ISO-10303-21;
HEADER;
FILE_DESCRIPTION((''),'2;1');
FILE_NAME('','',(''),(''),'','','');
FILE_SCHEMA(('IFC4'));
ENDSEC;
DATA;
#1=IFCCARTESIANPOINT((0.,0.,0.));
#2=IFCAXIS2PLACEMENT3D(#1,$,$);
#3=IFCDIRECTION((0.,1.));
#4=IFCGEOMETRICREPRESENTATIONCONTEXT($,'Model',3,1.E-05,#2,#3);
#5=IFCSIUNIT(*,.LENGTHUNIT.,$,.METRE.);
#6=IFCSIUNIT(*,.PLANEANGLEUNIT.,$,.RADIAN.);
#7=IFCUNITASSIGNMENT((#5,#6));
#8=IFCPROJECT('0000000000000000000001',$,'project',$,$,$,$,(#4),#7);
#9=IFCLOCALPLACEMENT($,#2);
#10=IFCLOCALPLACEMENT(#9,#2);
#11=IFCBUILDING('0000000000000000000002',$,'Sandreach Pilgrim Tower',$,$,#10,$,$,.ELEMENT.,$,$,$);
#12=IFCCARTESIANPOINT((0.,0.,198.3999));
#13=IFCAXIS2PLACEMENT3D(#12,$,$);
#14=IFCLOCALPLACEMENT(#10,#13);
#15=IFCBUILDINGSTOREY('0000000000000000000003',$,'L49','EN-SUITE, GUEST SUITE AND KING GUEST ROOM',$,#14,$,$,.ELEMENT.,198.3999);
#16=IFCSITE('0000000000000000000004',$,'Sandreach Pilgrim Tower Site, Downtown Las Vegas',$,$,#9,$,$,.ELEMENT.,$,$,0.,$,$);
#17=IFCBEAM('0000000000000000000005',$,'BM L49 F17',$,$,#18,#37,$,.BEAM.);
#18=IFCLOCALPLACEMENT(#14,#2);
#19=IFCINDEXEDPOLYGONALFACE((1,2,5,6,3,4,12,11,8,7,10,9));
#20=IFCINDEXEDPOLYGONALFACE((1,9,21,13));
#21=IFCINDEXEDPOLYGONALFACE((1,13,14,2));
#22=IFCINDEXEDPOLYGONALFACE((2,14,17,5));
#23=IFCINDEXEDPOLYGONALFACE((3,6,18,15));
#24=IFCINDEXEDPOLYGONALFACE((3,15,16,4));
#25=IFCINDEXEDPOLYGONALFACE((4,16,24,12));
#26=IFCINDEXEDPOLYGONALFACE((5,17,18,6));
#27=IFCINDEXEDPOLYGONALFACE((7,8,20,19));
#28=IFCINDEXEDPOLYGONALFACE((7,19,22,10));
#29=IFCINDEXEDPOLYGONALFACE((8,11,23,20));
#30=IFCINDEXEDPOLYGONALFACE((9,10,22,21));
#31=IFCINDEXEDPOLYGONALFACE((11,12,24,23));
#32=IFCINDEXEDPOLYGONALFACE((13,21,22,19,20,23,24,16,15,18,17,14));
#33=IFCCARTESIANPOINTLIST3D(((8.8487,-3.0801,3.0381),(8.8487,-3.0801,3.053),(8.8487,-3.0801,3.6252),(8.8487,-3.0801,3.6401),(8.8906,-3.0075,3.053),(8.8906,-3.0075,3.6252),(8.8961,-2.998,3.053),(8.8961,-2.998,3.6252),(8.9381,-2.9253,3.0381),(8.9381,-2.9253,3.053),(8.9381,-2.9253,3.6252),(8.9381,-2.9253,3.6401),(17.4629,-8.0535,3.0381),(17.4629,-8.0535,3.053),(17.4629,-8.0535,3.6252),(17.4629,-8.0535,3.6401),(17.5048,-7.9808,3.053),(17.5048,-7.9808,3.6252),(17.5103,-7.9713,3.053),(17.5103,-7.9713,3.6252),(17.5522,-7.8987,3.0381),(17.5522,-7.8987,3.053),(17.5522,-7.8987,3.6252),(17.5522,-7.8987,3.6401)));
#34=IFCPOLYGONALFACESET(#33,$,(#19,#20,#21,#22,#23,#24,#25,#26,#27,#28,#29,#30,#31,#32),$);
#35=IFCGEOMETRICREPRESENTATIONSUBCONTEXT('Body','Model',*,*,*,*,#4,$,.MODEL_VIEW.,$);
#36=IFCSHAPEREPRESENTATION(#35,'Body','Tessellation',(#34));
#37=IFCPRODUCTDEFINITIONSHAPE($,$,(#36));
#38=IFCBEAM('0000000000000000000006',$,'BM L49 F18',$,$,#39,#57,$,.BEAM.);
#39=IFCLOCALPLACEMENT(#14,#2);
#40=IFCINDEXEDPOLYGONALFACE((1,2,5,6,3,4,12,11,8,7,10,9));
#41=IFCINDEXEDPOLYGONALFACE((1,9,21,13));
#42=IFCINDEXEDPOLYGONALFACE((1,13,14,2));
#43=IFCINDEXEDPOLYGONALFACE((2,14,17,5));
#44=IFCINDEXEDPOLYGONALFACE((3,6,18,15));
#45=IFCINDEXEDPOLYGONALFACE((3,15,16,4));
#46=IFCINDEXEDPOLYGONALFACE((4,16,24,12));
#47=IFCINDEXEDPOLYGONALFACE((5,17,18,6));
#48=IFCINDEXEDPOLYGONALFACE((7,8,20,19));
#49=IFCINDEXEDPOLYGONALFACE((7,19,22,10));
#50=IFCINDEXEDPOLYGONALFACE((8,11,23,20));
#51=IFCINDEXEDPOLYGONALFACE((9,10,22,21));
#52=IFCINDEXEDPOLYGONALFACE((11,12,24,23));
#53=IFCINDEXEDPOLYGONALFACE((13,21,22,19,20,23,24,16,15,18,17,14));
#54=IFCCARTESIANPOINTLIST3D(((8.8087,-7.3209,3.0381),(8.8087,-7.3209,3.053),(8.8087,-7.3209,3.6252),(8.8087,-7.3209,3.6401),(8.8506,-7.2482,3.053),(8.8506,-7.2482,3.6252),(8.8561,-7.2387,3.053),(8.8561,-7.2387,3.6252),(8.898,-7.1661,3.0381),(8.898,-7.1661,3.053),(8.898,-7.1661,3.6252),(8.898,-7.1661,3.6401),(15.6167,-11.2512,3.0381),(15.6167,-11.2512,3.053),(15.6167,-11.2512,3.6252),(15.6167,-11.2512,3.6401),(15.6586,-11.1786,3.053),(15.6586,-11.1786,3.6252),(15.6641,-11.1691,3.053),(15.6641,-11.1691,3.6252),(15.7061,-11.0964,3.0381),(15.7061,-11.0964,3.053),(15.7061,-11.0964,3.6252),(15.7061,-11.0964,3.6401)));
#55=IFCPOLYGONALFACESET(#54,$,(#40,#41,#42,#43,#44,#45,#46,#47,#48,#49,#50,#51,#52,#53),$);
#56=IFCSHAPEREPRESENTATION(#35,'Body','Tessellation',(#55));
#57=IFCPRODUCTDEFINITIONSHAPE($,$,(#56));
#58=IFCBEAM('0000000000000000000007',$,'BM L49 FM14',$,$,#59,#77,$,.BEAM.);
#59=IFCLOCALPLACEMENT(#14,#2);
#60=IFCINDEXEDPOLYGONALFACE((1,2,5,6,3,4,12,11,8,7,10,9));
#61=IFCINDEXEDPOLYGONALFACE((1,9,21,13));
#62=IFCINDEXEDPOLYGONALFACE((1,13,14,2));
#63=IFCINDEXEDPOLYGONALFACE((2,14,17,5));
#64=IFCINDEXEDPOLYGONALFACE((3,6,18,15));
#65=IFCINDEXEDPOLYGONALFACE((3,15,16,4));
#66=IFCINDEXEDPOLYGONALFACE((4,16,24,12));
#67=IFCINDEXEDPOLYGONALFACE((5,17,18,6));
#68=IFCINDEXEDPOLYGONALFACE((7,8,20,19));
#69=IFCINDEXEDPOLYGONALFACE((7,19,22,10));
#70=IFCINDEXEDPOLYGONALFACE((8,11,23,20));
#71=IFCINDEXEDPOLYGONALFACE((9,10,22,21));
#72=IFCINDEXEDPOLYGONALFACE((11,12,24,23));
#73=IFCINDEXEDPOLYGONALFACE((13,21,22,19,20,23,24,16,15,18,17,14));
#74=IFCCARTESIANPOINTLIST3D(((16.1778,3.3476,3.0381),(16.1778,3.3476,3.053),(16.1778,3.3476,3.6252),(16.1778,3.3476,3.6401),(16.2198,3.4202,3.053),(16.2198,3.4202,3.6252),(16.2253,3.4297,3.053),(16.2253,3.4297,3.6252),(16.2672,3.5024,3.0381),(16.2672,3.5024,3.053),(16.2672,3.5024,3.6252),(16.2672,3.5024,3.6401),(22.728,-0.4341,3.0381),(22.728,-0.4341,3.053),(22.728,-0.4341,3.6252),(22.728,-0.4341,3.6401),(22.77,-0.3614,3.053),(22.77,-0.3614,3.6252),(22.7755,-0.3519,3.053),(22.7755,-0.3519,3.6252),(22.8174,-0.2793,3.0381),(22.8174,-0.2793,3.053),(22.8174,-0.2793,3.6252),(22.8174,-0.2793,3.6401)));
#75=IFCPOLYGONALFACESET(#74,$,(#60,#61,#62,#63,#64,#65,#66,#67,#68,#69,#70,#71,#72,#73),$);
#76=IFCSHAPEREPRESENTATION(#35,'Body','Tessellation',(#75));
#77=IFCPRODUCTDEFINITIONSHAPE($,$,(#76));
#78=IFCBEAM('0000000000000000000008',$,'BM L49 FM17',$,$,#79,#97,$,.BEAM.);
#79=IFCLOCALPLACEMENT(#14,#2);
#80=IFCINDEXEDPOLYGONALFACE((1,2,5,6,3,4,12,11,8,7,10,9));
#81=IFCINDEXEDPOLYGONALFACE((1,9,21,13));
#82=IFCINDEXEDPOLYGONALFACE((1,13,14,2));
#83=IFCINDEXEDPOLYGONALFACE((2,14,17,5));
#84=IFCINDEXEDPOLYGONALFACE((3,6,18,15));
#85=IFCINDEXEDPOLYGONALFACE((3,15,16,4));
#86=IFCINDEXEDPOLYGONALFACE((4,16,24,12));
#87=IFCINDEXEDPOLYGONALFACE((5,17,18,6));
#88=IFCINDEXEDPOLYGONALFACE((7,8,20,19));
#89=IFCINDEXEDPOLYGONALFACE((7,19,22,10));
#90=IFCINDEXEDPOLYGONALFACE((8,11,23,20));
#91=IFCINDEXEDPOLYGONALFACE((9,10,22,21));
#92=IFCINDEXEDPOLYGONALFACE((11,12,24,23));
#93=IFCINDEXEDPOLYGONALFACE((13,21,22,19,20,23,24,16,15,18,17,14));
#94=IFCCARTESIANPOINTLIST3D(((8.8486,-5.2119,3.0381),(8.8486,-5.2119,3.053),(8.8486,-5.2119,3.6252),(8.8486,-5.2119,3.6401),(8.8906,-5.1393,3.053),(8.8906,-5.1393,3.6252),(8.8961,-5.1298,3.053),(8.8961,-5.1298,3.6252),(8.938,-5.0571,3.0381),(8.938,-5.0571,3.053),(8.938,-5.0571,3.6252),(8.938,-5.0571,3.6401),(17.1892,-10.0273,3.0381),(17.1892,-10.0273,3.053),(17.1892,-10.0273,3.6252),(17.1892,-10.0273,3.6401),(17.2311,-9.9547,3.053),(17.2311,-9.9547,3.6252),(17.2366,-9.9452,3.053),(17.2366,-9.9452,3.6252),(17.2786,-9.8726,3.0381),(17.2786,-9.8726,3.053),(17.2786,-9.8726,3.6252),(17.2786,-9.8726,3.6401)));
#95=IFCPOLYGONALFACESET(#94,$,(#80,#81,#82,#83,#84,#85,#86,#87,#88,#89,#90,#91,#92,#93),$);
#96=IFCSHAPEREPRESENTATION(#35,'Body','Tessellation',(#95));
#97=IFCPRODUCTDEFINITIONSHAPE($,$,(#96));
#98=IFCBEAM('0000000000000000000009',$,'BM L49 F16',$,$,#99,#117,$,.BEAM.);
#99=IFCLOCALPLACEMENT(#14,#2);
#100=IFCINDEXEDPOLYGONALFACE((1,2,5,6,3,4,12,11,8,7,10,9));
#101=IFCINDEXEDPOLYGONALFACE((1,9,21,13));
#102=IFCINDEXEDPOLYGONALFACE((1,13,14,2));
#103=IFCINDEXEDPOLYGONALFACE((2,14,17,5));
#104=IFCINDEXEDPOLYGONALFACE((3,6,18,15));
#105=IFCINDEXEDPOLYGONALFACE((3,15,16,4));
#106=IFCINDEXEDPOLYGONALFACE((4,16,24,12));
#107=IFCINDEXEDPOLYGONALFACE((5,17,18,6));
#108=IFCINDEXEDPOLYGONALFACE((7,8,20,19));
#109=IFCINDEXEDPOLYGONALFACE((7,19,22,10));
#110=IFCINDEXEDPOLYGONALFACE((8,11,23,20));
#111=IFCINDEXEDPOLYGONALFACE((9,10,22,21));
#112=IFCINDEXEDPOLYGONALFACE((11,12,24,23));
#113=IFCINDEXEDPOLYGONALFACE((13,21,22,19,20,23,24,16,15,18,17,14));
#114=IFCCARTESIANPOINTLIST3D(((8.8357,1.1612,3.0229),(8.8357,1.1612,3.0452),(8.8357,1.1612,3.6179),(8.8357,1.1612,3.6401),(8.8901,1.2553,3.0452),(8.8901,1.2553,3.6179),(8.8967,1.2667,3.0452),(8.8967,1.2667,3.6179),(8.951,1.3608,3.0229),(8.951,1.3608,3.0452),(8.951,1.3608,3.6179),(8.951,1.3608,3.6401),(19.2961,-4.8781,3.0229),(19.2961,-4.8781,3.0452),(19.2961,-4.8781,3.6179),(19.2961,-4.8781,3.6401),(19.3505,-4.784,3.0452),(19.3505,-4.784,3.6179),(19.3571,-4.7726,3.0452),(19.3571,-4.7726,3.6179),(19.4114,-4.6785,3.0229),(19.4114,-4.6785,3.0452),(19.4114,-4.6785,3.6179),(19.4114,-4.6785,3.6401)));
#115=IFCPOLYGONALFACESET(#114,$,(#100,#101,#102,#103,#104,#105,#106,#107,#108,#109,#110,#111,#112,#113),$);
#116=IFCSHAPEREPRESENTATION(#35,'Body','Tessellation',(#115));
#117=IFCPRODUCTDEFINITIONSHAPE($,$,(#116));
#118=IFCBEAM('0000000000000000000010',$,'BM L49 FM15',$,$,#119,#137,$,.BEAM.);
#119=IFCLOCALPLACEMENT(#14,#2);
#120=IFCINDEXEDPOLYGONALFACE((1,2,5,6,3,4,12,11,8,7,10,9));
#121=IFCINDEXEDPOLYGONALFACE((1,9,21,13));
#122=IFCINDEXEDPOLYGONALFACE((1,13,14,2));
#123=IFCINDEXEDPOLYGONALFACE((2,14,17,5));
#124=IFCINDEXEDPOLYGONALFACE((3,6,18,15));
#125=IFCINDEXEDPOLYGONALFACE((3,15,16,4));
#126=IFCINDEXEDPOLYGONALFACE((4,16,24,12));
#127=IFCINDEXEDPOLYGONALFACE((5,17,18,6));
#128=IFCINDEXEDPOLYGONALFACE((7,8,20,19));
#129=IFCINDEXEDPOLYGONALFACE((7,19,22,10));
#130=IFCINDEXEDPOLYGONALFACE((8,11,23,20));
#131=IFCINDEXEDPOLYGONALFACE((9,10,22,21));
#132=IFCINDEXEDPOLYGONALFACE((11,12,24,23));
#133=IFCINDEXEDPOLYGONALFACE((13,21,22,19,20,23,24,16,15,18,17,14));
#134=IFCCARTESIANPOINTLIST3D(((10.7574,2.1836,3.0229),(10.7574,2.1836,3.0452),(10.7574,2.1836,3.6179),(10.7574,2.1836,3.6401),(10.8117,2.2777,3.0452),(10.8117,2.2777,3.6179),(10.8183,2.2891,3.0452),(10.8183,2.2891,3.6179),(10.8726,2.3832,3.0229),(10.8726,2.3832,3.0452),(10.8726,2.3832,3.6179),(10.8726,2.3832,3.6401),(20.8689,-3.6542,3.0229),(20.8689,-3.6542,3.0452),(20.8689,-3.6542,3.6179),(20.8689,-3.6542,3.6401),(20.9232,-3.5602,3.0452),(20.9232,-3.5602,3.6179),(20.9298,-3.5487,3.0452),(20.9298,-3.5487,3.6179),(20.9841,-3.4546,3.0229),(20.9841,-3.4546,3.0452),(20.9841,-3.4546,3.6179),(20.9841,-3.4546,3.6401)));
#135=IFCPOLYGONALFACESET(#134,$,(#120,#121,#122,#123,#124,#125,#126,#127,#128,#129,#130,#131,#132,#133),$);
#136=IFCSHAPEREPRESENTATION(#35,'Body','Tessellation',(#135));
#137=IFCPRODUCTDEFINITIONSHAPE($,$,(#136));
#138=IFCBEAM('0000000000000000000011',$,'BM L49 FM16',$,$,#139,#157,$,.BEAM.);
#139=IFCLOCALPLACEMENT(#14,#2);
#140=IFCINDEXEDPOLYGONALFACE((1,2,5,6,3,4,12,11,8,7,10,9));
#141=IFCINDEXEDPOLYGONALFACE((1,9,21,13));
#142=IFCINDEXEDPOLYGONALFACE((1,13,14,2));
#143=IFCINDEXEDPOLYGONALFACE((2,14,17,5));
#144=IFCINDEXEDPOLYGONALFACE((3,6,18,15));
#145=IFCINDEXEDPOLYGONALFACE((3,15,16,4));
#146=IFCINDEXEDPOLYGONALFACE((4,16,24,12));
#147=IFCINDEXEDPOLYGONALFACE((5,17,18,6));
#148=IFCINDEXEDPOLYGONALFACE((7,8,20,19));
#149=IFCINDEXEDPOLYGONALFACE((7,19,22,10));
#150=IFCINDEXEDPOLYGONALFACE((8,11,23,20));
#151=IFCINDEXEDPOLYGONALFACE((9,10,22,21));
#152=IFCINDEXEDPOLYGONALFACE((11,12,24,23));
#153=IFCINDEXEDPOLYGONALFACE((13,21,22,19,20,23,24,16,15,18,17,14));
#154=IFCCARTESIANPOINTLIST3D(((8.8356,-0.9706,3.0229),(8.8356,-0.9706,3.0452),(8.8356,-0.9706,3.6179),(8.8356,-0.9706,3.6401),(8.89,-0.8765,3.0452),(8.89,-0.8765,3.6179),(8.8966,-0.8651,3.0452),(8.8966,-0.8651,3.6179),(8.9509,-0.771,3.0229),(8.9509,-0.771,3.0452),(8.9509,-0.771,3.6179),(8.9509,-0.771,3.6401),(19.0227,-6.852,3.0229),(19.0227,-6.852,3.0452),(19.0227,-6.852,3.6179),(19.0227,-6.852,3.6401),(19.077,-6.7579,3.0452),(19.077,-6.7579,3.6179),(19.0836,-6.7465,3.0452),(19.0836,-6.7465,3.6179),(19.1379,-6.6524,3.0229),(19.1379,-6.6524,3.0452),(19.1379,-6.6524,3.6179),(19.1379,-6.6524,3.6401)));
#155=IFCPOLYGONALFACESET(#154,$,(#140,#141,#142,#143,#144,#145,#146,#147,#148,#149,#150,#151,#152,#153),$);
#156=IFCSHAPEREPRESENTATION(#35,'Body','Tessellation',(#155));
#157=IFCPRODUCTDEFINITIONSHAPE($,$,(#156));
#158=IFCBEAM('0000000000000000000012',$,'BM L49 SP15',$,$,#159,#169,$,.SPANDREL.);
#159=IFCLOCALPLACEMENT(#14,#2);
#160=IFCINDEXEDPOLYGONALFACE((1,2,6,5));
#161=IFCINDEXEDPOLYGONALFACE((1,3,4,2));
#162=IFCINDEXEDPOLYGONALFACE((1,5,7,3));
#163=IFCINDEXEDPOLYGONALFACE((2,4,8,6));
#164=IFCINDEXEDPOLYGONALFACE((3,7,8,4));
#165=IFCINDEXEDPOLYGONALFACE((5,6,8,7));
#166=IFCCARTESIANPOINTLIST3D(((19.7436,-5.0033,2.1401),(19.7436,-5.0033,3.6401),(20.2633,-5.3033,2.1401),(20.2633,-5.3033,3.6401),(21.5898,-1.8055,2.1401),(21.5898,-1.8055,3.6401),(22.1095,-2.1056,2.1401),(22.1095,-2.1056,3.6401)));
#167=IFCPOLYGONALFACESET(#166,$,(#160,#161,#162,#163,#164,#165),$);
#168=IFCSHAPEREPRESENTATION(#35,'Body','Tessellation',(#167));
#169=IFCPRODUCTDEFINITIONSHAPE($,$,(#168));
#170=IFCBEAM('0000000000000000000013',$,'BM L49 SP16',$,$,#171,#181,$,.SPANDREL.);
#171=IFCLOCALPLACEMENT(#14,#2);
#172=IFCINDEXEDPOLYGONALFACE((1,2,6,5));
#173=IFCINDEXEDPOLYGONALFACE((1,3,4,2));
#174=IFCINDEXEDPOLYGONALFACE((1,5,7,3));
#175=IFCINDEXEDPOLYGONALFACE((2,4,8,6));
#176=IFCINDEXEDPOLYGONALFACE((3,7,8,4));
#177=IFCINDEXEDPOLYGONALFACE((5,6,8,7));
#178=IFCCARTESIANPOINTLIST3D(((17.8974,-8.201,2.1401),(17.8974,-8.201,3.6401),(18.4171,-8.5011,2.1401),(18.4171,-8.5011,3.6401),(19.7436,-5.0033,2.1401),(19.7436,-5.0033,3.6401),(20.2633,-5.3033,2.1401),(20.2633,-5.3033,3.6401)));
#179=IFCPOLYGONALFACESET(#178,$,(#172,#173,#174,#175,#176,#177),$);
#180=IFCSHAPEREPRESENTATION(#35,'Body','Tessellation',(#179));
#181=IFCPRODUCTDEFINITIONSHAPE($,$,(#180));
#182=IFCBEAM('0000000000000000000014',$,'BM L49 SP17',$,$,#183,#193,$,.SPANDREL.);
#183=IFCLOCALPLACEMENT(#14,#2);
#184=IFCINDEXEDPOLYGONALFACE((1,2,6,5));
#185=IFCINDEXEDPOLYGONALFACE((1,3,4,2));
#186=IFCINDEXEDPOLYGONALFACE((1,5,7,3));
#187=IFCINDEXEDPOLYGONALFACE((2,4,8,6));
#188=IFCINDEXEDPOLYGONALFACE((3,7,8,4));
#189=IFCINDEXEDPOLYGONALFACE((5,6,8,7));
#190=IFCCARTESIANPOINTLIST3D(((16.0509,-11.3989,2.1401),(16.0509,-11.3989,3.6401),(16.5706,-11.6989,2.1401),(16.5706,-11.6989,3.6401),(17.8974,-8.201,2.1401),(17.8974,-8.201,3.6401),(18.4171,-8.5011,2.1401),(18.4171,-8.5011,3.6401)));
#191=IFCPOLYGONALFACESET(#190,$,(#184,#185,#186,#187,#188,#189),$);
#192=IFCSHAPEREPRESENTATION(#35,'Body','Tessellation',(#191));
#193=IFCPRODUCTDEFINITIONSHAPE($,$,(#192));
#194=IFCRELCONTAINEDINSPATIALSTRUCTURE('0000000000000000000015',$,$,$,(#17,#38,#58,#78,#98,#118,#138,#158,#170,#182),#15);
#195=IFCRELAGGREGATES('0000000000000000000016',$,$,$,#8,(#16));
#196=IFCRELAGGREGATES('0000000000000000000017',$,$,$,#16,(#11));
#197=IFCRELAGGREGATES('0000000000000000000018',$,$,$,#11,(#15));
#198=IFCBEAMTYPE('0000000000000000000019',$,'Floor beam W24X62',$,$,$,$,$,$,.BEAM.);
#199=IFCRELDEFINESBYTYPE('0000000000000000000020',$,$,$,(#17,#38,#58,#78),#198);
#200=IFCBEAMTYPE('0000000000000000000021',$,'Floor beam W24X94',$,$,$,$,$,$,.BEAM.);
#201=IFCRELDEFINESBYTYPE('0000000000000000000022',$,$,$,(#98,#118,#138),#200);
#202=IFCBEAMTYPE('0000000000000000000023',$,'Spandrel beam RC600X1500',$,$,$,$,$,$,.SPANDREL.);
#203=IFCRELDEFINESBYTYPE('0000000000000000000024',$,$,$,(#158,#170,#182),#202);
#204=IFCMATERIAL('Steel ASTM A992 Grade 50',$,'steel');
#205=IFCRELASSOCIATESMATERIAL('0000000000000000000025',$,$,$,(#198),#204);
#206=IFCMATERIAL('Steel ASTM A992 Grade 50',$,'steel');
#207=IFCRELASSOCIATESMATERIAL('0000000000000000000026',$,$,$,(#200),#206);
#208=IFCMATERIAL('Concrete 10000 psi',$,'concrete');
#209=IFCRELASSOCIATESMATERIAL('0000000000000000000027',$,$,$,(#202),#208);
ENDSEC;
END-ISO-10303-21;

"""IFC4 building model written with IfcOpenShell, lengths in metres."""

from ifc_helpers import new_model, si_unit, direction, frame, origin, origin_2d, place, context, subcontext, project, spatial, rectangle, i_section, extrude, material, material_profile, profile_set, type_object, element, save


model = new_model("IFC4")

# Units and contexts
model_context = context("Model", 3, precision=1e-05, world=origin(), true_north=direction((0.0, 1.0)))
body_context = subcontext(model_context, "Body", "Model", "MODEL_VIEW")
ifc_project = project(units=[si_unit("LENGTHUNIT", "METRE"), si_unit("PLANEANGLEUNIT", "RADIAN")], contexts=[model_context])

# Site, building, storey
site_placement = place(None, origin())
site = spatial("IfcSite", under=ifc_project, at=site_placement, Name="Sandreach Pilgrim Tower Site, Downtown Las Vegas", CompositionType="ELEMENT", RefElevation=0.0)
building_placement = place(site_placement, origin())
building = spatial("IfcBuilding", under=site, at=building_placement, Name="Sandreach Pilgrim Tower", CompositionType="ELEMENT")
storey_placement = place(building_placement, frame((0.0, 0.0, 198.3999)))
storey = spatial("IfcBuildingStorey", under=building, at=storey_placement, Name="L49", Description="EN-SUITE, GUEST SUITE AND KING GUEST ROOM", CompositionType="ELEMENT", Elevation=198.3999)

# Beams
ifc_material_1 = material(Name="Steel ASTM A992 Grade 50", Category="steel")
ifc_material_profile_1 = material_profile(ifc_material_1, i_section(OverallWidth=0.1787, OverallDepth=0.6021, WebThickness=0.011, FlangeThickness=0.0149, at=origin_2d()), Name="W24X62")
ifc_profile_set_1 = profile_set([ifc_material_profile_1], Name="Steel ASTM A992 Grade 50")
beam_type_1 = type_object("IfcBeamType", Name="Floor beam W24X62", PredefinedType="BEAM", material=ifc_profile_set_1)
beam_1_placement = place(storey_placement, frame((17.5076, -7.9761, 3.3391), z_axis=(-0.866028, 0.499996, 0.0), x_axis=(-0.499996, -0.866028, 0.0)))
element("IfcBeam", 1, at=beam_1_placement, inside=storey, type_object=beam_type_1, Name="BM L49 F17", PredefinedType="BEAM", context=body_context, shape_type="SweptSolid", body=[
    extrude(i_section(OverallWidth=0.1787, OverallDepth=0.6021, WebThickness=0.011, FlangeThickness=0.0149, at=origin_2d()), origin(), (0.0, 0.0, 1.0), 9.9468),
])
beam_2_placement = place(storey_placement, frame((15.6614, -11.1738, 3.3391), z_axis=(-0.866039, 0.499977, 0.0), x_axis=(-0.499977, -0.866039, 0.0)))
element("IfcBeam", 2, at=beam_2_placement, inside=storey, type_object=beam_type_1, Name="BM L49 F18", PredefinedType="BEAM", context=body_context, shape_type="SweptSolid", body=[
    extrude(i_section(OverallWidth=0.1787, OverallDepth=0.6021, WebThickness=0.011, FlangeThickness=0.0149, at=origin_2d()), origin(), (0.0, 0.0, 1.0), 7.8611),
])
beam_3_placement = place(storey_placement, frame((22.7727, -0.3567, 3.3391), z_axis=(-0.86603, 0.499993, 0.0), x_axis=(-0.499993, -0.86603, 0.0)))
element("IfcBeam", 3, at=beam_3_placement, inside=storey, type_object=beam_type_1, Name="BM L49 FM14", PredefinedType="BEAM", context=body_context, shape_type="SweptSolid", body=[
    extrude(i_section(OverallWidth=0.1787, OverallDepth=0.6021, WebThickness=0.011, FlangeThickness=0.0149, at=origin_2d()), origin(), (0.0, 0.0, 1.0), 7.5635),
])
beam_4_placement = place(storey_placement, frame((17.2339, -9.95, 3.3391), z_axis=(-0.866026, 0.5, 0.0), x_axis=(-0.5, -0.866026, 0.0)))
element("IfcBeam", 4, at=beam_4_placement, inside=storey, type_object=beam_type_1, Name="BM L49 FM17", PredefinedType="BEAM", context=body_context, shape_type="SweptSolid", body=[
    extrude(i_section(OverallWidth=0.1787, OverallDepth=0.6021, WebThickness=0.011, FlangeThickness=0.0149, at=origin_2d()), origin(), (0.0, 0.0, 1.0), 9.6309),
])
ifc_material_2 = material(Name="Steel ASTM A992 Grade 50", Category="steel")
ifc_material_profile_2 = material_profile(ifc_material_2, i_section(OverallWidth=0.2305, OverallDepth=0.6172, WebThickness=0.0132, FlangeThickness=0.0222, at=origin_2d()), Name="W24X94")
ifc_profile_set_2 = profile_set([ifc_material_profile_2], Name="Steel ASTM A992 Grade 50")
beam_type_2 = type_object("IfcBeamType", Name="Floor beam W24X94", PredefinedType="BEAM", material=ifc_profile_set_2)
beam_5_placement = place(storey_placement, frame((19.3538, -4.7783, 3.3315), z_axis=(-0.866027, 0.499998, 0.0), x_axis=(-0.499998, -0.866027, 0.0)))
element("IfcBeam", 5, at=beam_5_placement, inside=storey, type_object=beam_type_2, Name="BM L49 F16", PredefinedType="BEAM", context=body_context, shape_type="SweptSolid", body=[
    extrude(i_section(OverallWidth=0.2305, OverallDepth=0.6172, WebThickness=0.0132, FlangeThickness=0.0222, at=origin_2d()), origin(), (0.0, 0.0, 1.0), 12.0786),
])
beam_6_placement = place(storey_placement, frame((20.9265, -3.5544, 3.3315), z_axis=(-0.866026, 0.499998, 0.0), x_axis=(-0.499998, -0.866026, 0.0)))
element("IfcBeam", 6, at=beam_6_placement, inside=storey, type_object=beam_type_2, Name="BM L49 FM15", PredefinedType="BEAM", context=body_context, shape_type="SweptSolid", body=[
    extrude(i_section(OverallWidth=0.2305, OverallDepth=0.6172, WebThickness=0.0132, FlangeThickness=0.0222, at=origin_2d()), origin(), (0.0, 0.0, 1.0), 11.6758),
])
beam_7_placement = place(storey_placement, frame((19.0803, -6.7522, 3.3315), z_axis=(-0.86603, 0.499992, 0.0), x_axis=(-0.499992, -0.86603, 0.0)))
element("IfcBeam", 7, at=beam_7_placement, inside=storey, type_object=beam_type_2, Name="BM L49 FM16", PredefinedType="BEAM", context=body_context, shape_type="SweptSolid", body=[
    extrude(i_section(OverallWidth=0.2305, OverallDepth=0.6172, WebThickness=0.0132, FlangeThickness=0.0222, at=origin_2d()), origin(), (0.0, 0.0, 1.0), 11.7629),
])
ifc_material_3 = material(Name="Concrete 10000 psi", Category="concrete")
ifc_material_profile_3 = material_profile(ifc_material_3, rectangle(XDim=0.6001, YDim=1.5, at=origin_2d()), Name="RC600X1500")
ifc_profile_set_3 = profile_set([ifc_material_profile_3], Name="Concrete 10000 psi")
beam_type_3 = type_object("IfcBeamType", Name="Spandrel beam RC600X1500", PredefinedType="SPANDREL", material=ifc_profile_set_3)
for number, where, z_axis, x_axis, name in (
    (8, (21.8496, -1.9556, 2.8901), (-0.499993, -0.866029, 0.0), (0.866029, -0.499993, 0.0), "BM L49 SP15"),
    (9, (20.0034, -5.1533, 2.8901), (-0.499993, -0.866029, 0.0), (0.866029, -0.499993, 0.0), "BM L49 SP16"),
):
    element("IfcBeam", number, at=place(storey_placement, frame(where, z_axis=z_axis, x_axis=x_axis)), inside=storey, type_object=beam_type_3, Name=name, PredefinedType="SPANDREL", context=body_context, shape_type="SweptSolid", body=[
        extrude(rectangle(XDim=0.6001, YDim=1.5, at=origin_2d()), origin(), (0.0, 0.0, 1.0), 3.6924),
    ])
for number, where, z_axis, x_axis, name in (
    (10, (18.1572, -8.3511, 2.8901), (-0.500043, -0.866001, 0.0), (0.866001, -0.500043, 0.0), "BM L49 SP17"),
):
    element("IfcBeam", number, at=place(storey_placement, frame(where, z_axis=z_axis, x_axis=x_axis)), inside=storey, type_object=beam_type_3, Name=name, PredefinedType="SPANDREL", context=body_context, shape_type="SweptSolid", body=[
        extrude(rectangle(XDim=0.6001, YDim=1.5, at=origin_2d()), origin(), (0.0, 0.0, 1.0), 3.6926),
    ])

save(model, "model.ifc")
